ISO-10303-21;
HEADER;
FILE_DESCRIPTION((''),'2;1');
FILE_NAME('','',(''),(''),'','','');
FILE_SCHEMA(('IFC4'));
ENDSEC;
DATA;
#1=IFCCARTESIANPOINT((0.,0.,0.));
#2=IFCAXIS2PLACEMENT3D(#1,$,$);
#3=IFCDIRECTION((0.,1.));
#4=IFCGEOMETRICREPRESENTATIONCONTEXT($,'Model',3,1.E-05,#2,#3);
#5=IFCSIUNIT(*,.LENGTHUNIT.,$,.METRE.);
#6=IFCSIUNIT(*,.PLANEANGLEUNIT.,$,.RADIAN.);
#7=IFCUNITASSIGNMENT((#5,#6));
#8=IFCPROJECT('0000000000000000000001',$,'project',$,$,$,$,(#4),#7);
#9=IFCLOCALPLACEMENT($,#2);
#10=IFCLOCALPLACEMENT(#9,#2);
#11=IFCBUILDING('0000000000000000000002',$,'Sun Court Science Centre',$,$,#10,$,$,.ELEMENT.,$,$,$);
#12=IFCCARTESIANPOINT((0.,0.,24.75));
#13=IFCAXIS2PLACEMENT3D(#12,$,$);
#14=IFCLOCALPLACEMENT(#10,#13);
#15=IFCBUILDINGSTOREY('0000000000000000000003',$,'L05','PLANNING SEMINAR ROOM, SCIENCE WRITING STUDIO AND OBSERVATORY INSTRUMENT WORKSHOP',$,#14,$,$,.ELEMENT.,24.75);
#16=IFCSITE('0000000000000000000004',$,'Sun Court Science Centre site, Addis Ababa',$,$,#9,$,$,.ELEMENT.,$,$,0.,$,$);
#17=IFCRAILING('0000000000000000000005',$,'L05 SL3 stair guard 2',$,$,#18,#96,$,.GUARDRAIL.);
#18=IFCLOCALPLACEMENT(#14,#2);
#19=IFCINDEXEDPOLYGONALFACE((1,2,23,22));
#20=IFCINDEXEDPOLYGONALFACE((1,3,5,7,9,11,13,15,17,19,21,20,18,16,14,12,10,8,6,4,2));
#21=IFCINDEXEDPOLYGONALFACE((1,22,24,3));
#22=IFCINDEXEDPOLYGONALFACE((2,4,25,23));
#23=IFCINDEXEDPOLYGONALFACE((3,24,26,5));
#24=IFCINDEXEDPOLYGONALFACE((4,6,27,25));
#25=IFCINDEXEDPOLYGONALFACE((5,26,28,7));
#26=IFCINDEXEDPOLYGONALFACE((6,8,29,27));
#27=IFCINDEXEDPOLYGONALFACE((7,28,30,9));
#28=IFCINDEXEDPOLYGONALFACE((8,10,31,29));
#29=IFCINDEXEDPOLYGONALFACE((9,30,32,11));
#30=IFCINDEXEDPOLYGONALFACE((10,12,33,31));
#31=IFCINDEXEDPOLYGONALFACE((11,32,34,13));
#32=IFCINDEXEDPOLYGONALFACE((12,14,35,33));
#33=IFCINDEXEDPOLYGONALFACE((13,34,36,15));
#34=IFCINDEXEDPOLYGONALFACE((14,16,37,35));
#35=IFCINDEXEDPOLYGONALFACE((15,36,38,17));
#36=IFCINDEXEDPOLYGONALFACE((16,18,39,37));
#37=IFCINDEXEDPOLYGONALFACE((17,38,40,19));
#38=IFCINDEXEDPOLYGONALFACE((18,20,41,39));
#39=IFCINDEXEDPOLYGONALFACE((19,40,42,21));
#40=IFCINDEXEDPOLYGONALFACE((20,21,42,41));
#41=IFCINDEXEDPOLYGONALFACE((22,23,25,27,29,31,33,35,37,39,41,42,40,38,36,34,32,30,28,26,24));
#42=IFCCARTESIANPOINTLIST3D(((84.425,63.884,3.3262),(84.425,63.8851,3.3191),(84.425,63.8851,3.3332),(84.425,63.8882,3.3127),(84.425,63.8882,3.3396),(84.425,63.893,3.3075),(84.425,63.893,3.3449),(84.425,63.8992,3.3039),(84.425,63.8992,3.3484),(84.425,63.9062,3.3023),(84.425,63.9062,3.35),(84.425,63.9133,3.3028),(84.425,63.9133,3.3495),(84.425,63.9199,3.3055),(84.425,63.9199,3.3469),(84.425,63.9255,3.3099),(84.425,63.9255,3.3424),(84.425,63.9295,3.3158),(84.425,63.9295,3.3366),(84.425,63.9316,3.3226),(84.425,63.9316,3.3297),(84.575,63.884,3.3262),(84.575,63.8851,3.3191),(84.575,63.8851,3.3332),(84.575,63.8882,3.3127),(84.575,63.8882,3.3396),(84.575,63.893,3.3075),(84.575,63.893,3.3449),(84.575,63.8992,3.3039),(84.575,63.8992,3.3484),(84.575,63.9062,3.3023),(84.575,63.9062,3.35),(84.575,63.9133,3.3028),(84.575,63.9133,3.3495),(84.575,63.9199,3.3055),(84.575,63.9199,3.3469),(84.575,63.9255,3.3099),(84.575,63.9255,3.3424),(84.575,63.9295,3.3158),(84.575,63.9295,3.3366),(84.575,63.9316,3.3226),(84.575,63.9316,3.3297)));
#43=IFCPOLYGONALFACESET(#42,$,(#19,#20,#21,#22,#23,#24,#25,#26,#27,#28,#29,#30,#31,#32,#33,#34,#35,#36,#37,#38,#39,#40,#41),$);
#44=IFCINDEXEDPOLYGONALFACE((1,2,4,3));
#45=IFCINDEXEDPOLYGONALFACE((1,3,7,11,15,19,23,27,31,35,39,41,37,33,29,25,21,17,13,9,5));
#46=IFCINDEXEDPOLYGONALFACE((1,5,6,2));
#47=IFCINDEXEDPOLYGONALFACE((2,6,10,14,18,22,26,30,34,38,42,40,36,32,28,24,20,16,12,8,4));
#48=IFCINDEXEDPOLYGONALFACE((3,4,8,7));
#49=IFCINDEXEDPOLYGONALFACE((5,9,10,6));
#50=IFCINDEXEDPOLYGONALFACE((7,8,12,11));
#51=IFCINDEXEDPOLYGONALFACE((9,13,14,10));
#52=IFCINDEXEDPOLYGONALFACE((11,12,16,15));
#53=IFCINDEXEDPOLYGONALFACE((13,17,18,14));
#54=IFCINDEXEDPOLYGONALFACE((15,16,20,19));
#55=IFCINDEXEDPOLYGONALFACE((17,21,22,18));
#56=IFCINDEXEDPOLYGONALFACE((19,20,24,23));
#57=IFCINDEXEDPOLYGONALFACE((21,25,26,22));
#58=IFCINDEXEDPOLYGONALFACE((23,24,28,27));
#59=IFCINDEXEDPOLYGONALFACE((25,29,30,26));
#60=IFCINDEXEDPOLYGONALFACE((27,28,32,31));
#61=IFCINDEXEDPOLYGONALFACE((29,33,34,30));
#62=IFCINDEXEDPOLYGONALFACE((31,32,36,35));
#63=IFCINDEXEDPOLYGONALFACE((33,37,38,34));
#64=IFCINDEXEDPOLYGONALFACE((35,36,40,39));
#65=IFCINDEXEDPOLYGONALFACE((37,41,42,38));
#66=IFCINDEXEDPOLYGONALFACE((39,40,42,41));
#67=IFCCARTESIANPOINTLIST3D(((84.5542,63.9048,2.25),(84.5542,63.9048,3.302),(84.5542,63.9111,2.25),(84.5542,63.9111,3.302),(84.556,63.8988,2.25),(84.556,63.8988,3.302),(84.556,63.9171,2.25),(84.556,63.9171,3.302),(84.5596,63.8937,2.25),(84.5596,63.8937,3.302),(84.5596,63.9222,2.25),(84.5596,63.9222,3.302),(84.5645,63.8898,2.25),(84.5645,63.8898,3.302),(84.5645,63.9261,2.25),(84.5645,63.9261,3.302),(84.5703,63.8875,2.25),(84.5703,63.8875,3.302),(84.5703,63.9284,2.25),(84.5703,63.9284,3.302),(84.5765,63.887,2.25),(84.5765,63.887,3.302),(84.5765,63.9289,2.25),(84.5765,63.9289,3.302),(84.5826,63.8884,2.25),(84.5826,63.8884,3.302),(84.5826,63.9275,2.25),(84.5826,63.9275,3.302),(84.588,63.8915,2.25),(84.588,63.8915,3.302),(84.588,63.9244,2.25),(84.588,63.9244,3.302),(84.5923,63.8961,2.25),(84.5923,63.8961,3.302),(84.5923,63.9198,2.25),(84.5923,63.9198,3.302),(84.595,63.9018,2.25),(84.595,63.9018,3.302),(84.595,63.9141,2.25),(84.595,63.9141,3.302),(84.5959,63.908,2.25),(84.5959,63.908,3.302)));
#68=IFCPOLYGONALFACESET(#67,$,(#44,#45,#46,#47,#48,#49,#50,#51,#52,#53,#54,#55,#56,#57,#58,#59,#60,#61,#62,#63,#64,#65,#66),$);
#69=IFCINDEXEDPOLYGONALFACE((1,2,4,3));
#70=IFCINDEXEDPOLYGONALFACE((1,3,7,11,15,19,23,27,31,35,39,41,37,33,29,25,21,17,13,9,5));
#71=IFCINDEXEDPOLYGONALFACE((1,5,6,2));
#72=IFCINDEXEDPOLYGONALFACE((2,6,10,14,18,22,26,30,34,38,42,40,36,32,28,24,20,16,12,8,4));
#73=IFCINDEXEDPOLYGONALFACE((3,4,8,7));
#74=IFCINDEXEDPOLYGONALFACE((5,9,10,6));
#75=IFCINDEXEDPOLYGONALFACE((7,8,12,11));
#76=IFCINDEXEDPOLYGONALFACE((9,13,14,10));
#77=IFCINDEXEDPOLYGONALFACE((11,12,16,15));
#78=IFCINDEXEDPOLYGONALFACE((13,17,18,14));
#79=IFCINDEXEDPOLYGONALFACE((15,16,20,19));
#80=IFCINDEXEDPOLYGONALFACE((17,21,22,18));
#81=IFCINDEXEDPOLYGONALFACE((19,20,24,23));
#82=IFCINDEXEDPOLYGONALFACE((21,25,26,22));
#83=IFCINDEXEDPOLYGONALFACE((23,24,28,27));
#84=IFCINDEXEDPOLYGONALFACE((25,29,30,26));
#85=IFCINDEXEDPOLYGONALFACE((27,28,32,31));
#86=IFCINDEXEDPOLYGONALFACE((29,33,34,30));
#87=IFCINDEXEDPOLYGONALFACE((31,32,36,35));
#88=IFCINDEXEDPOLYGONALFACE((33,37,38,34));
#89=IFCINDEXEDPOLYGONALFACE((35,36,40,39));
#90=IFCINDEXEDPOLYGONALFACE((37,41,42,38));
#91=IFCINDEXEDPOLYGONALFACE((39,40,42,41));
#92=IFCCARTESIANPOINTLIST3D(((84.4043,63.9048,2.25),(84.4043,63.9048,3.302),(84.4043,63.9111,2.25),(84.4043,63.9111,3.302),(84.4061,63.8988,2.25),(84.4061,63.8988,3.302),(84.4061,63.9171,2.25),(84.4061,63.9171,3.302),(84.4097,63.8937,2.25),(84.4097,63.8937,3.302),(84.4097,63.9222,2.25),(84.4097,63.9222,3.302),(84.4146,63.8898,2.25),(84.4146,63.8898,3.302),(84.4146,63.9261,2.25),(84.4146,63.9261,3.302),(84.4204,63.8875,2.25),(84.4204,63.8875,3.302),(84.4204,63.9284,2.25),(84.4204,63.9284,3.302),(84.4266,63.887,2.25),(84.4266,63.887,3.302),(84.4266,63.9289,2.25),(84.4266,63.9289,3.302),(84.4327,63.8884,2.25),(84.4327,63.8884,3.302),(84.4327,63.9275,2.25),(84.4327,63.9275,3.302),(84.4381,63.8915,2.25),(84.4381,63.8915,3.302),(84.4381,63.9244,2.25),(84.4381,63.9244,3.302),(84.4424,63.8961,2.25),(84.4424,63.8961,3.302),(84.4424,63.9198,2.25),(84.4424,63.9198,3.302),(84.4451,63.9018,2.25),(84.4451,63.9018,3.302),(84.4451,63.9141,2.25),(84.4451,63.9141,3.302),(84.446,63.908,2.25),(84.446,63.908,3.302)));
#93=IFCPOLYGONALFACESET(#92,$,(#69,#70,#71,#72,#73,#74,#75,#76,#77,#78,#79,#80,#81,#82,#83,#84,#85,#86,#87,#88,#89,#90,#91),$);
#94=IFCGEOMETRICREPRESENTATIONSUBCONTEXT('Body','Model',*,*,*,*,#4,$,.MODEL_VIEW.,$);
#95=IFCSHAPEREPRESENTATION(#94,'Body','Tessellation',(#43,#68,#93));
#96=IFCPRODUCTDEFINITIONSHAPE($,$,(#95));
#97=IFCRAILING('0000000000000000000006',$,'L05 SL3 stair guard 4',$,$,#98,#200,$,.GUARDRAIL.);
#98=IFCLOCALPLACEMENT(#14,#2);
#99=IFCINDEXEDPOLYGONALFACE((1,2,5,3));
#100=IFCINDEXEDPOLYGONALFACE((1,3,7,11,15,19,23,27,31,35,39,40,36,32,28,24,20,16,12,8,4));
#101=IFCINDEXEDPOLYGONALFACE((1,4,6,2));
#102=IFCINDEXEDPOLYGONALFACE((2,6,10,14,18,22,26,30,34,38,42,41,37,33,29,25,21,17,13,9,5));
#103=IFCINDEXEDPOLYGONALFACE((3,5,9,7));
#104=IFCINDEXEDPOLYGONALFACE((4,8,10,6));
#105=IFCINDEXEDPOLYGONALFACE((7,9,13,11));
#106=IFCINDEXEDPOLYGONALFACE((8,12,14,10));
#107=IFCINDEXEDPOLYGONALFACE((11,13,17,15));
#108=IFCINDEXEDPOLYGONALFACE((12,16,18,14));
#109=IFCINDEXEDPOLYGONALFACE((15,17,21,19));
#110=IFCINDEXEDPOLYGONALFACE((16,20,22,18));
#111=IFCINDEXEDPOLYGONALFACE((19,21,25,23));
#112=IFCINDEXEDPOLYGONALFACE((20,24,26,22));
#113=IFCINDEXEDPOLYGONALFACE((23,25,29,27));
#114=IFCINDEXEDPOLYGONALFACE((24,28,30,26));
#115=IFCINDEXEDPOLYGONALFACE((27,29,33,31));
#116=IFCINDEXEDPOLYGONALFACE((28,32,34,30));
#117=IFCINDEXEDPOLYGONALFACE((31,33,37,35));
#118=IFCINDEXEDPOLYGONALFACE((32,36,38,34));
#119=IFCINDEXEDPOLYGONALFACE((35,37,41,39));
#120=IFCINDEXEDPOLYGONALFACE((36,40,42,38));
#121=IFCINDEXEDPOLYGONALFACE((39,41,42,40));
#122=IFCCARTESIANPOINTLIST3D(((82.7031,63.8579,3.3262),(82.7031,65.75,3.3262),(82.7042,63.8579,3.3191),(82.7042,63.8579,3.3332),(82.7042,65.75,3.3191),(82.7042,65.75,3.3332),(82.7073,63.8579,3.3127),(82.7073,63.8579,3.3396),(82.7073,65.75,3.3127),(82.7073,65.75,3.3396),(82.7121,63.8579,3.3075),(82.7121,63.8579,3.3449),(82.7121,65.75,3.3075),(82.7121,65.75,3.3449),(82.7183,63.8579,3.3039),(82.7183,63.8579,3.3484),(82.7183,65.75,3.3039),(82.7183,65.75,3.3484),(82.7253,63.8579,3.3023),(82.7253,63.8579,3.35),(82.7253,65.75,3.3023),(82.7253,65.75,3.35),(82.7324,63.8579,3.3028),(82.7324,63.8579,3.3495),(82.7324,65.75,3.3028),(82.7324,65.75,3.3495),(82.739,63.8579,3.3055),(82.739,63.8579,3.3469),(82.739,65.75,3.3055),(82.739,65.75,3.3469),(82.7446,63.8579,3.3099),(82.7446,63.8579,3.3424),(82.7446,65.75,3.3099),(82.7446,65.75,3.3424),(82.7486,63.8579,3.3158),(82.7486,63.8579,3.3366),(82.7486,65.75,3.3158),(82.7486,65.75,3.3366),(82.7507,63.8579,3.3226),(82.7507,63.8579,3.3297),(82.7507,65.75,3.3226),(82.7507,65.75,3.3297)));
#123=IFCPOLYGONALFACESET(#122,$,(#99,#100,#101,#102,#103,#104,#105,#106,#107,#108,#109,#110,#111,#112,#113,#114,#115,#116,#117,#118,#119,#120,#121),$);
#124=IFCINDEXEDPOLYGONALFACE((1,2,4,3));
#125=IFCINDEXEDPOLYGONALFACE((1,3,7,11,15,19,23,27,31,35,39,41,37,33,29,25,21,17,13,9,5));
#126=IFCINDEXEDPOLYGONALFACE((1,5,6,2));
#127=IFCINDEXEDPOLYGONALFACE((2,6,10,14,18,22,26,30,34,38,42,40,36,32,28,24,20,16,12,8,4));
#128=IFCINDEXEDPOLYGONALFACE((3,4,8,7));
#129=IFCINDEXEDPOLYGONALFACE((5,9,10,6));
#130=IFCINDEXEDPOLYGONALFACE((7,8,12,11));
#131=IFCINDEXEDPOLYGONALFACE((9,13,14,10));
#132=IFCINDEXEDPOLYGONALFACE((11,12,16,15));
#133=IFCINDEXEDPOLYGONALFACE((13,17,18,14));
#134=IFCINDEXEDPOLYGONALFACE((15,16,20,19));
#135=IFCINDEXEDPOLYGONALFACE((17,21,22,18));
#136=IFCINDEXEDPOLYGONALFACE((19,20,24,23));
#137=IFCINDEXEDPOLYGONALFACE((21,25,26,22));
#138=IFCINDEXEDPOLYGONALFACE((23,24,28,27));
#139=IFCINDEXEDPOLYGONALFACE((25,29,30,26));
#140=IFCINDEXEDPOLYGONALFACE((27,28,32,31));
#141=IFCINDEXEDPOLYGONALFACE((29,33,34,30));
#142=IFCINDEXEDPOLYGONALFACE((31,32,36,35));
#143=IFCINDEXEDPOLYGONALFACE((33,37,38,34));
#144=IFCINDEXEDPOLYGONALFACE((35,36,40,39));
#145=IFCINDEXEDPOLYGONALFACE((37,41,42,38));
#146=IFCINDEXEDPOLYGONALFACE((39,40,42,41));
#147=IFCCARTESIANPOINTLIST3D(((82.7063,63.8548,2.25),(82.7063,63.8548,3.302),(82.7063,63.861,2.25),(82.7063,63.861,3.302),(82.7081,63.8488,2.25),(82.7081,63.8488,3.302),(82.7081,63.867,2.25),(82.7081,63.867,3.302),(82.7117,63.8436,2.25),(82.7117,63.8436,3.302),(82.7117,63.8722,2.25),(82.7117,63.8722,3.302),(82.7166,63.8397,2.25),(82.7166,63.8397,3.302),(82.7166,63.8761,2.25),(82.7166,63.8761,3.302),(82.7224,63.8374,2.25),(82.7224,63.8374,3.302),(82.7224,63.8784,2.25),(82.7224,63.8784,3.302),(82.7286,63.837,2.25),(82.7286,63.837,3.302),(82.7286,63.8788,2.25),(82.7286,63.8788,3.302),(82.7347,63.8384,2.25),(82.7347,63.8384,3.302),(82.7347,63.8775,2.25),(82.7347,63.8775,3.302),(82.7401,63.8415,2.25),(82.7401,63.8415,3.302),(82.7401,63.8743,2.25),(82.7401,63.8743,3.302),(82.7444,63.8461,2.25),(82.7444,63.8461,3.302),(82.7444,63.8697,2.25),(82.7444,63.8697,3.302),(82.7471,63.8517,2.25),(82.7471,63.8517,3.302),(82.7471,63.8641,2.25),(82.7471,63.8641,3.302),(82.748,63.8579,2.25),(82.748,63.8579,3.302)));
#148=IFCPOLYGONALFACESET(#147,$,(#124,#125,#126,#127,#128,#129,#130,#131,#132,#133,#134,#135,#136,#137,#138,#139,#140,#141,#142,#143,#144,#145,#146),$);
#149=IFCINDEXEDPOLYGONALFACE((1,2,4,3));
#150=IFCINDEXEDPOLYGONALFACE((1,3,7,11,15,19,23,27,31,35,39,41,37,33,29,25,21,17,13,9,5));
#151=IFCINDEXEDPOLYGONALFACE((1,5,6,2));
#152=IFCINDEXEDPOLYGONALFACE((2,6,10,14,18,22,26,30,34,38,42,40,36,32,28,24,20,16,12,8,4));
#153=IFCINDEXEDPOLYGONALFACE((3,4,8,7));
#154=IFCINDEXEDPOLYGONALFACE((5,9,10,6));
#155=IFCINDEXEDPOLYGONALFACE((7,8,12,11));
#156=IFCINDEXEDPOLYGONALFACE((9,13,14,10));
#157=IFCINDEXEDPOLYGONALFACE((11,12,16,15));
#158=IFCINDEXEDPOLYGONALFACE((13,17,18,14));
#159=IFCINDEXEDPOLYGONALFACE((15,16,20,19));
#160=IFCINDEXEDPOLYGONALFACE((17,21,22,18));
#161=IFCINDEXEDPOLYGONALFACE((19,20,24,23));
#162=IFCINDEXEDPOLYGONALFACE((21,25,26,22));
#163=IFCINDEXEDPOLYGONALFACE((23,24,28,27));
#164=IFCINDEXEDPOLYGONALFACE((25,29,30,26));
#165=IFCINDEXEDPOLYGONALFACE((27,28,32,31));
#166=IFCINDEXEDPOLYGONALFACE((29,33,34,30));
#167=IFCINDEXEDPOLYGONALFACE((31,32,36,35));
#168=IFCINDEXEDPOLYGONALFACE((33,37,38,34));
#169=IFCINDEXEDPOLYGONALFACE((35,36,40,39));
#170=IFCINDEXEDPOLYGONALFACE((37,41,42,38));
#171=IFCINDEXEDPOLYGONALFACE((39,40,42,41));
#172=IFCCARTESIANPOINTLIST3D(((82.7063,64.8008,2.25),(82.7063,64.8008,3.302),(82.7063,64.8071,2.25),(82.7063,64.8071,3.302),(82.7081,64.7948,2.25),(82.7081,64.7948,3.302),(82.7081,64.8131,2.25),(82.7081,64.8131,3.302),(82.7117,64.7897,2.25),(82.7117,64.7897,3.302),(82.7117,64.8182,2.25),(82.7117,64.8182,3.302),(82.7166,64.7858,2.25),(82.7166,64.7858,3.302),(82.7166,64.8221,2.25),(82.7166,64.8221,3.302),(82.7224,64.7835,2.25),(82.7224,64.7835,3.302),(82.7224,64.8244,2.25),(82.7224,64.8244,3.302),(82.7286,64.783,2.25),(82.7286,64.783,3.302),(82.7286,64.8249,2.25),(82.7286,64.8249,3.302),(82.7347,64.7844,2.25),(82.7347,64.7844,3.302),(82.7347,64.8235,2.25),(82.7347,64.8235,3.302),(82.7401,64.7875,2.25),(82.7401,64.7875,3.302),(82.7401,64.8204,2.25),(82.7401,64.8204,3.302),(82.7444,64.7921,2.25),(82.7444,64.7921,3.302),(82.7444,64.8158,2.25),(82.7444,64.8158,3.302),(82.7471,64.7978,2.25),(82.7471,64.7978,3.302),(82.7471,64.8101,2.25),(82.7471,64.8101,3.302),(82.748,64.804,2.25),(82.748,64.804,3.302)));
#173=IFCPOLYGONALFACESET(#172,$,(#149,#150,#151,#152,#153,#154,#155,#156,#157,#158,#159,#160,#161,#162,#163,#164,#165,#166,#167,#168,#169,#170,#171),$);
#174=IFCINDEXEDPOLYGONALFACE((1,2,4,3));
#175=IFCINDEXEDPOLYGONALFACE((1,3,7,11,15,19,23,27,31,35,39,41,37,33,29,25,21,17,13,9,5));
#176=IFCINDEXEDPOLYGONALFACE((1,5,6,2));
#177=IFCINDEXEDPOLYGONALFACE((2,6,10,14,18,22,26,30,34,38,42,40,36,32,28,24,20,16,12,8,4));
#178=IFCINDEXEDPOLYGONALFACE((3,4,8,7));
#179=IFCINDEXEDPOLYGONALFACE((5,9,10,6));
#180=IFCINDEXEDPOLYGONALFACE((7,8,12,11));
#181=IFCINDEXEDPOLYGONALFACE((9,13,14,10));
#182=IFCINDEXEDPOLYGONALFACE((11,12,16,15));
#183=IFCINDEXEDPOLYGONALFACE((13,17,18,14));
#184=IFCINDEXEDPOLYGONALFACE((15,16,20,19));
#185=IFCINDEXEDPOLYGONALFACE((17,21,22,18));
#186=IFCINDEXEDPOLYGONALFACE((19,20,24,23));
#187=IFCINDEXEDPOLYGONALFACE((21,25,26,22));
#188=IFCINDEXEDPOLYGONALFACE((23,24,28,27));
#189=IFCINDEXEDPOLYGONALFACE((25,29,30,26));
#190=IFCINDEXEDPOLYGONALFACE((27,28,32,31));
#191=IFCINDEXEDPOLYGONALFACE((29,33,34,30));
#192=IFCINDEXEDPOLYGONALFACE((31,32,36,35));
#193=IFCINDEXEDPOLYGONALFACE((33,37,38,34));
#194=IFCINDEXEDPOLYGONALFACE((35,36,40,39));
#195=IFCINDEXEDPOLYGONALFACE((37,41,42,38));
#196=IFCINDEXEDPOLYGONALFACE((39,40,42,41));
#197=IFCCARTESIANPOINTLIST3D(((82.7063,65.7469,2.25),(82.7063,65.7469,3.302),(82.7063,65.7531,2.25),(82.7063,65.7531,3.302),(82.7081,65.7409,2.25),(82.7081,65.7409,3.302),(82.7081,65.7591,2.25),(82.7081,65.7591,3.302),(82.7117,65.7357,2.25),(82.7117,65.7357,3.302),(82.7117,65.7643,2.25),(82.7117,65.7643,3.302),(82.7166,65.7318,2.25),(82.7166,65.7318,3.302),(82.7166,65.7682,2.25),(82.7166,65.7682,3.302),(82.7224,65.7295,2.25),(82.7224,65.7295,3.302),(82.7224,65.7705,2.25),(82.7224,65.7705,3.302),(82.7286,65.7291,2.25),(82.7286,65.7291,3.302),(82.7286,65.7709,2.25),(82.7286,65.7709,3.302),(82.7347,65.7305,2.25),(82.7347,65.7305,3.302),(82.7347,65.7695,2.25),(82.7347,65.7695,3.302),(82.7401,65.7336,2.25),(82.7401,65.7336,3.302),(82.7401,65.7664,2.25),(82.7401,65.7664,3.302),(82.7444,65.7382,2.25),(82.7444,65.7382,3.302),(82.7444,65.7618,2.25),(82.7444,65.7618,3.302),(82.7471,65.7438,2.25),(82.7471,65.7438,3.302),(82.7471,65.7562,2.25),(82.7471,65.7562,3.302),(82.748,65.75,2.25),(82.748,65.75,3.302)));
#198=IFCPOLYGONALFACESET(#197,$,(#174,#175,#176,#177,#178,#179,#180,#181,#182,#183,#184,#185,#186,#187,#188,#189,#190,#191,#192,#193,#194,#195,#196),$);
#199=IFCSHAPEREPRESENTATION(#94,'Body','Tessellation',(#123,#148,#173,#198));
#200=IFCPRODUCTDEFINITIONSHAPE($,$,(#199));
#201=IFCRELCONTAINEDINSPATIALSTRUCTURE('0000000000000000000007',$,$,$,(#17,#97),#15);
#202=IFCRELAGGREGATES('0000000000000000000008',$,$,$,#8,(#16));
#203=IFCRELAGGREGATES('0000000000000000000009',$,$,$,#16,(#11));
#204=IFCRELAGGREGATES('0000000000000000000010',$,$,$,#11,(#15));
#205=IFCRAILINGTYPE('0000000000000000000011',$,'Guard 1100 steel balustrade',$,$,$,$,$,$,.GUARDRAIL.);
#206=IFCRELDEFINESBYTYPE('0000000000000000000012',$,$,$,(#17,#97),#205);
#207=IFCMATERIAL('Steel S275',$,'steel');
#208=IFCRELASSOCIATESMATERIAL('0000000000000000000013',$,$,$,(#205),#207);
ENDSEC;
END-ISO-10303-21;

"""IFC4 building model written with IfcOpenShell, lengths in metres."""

from ifc_helpers import new_model, si_unit, direction, frame, origin, origin_2d, place, context, subcontext, project, spatial, circle, extrude, material, type_object, element, save


model = new_model("IFC4")

# Units and contexts
model_context = context("Model", 3, precision=1e-05, world=origin(), true_north=direction((0.0, 1.0)))
body_context = subcontext(model_context, "Body", "Model", "MODEL_VIEW")
ifc_project = project(units=[si_unit("LENGTHUNIT", "METRE"), si_unit("PLANEANGLEUNIT", "RADIAN")], contexts=[model_context])

# Site, building, storey
site_placement = place(None, origin())
site = spatial("IfcSite", under=ifc_project, at=site_placement, Name="Sun Court Science Centre site, Addis Ababa", CompositionType="ELEMENT", RefElevation=0.0)
building_placement = place(site_placement, origin())
building = spatial("IfcBuilding", under=site, at=building_placement, Name="Sun Court Science Centre", CompositionType="ELEMENT")
storey_placement = place(building_placement, frame((0.0, 0.0, 24.75)))
storey = spatial("IfcBuildingStorey", under=building, at=storey_placement, Name="L05", Description="PLANNING SEMINAR ROOM, SCIENCE WRITING STUDIO AND OBSERVATORY INSTRUMENT WORKSHOP", CompositionType="ELEMENT", Elevation=24.75)

# Railings
ifc_material_1 = material(Name="Steel S275", Category="steel")
railing_type_1 = type_object("IfcRailingType", Name="Guard 1100 steel balustrade", PredefinedType="GUARDRAIL", material=ifc_material_1)
railing_1_placement = place(storey_placement, frame((84.575, 63.908, 2.25)))
element("IfcRailing", 1, at=railing_1_placement, inside=storey, type_object=railing_type_1, Name="L05 SL3 stair guard 2", PredefinedType="GUARDRAIL", context=body_context, shape_type="SweptSolid", body=[
    extrude(circle(Radius=0.0239, at=origin_2d()), frame((0.0, 0.0, 1.0762), z_axis=(-1.0, 0.0, 0.0), x_axis=(0.0, -1.0, 0.0)), (0.0, 0.0, 1.0), 0.1499),
    extrude(circle(Radius=0.021, at=origin_2d()), origin(), (0.0, 0.0, 1.0), 1.052),
    extrude(circle(Radius=0.021, at=origin_2d()), frame((-0.1499, 0.0, 0.0)), (0.0, 0.0, 1.0), 1.052),
])
railing_2_placement = place(storey_placement, frame((82.7271, 63.8579, 2.25)))
element("IfcRailing", 2, at=railing_2_placement, inside=storey, type_object=railing_type_1, Name="L05 SL3 stair guard 4", PredefinedType="GUARDRAIL", context=body_context, shape_type="SweptSolid", body=[
    extrude(circle(Radius=0.0239, at=origin_2d()), frame((0.0, 0.0, 1.0762), z_axis=(0.0, 1.0, 0.0), x_axis=(-1.0, 0.0, 0.0)), (0.0, 0.0, 1.0), 1.8921),
    extrude(circle(Radius=0.021, at=origin_2d()), origin(), (0.0, 0.0, 1.0), 1.052),
    extrude(circle(Radius=0.021, at=origin_2d()), frame((0.0, 0.946, 0.0)), (0.0, 0.0, 1.0), 1.052),
    extrude(circle(Radius=0.021, at=origin_2d()), frame((0.0, 1.8921, 0.0)), (0.0, 0.0, 1.0), 1.052),
])

save(model, "model.ifc")
